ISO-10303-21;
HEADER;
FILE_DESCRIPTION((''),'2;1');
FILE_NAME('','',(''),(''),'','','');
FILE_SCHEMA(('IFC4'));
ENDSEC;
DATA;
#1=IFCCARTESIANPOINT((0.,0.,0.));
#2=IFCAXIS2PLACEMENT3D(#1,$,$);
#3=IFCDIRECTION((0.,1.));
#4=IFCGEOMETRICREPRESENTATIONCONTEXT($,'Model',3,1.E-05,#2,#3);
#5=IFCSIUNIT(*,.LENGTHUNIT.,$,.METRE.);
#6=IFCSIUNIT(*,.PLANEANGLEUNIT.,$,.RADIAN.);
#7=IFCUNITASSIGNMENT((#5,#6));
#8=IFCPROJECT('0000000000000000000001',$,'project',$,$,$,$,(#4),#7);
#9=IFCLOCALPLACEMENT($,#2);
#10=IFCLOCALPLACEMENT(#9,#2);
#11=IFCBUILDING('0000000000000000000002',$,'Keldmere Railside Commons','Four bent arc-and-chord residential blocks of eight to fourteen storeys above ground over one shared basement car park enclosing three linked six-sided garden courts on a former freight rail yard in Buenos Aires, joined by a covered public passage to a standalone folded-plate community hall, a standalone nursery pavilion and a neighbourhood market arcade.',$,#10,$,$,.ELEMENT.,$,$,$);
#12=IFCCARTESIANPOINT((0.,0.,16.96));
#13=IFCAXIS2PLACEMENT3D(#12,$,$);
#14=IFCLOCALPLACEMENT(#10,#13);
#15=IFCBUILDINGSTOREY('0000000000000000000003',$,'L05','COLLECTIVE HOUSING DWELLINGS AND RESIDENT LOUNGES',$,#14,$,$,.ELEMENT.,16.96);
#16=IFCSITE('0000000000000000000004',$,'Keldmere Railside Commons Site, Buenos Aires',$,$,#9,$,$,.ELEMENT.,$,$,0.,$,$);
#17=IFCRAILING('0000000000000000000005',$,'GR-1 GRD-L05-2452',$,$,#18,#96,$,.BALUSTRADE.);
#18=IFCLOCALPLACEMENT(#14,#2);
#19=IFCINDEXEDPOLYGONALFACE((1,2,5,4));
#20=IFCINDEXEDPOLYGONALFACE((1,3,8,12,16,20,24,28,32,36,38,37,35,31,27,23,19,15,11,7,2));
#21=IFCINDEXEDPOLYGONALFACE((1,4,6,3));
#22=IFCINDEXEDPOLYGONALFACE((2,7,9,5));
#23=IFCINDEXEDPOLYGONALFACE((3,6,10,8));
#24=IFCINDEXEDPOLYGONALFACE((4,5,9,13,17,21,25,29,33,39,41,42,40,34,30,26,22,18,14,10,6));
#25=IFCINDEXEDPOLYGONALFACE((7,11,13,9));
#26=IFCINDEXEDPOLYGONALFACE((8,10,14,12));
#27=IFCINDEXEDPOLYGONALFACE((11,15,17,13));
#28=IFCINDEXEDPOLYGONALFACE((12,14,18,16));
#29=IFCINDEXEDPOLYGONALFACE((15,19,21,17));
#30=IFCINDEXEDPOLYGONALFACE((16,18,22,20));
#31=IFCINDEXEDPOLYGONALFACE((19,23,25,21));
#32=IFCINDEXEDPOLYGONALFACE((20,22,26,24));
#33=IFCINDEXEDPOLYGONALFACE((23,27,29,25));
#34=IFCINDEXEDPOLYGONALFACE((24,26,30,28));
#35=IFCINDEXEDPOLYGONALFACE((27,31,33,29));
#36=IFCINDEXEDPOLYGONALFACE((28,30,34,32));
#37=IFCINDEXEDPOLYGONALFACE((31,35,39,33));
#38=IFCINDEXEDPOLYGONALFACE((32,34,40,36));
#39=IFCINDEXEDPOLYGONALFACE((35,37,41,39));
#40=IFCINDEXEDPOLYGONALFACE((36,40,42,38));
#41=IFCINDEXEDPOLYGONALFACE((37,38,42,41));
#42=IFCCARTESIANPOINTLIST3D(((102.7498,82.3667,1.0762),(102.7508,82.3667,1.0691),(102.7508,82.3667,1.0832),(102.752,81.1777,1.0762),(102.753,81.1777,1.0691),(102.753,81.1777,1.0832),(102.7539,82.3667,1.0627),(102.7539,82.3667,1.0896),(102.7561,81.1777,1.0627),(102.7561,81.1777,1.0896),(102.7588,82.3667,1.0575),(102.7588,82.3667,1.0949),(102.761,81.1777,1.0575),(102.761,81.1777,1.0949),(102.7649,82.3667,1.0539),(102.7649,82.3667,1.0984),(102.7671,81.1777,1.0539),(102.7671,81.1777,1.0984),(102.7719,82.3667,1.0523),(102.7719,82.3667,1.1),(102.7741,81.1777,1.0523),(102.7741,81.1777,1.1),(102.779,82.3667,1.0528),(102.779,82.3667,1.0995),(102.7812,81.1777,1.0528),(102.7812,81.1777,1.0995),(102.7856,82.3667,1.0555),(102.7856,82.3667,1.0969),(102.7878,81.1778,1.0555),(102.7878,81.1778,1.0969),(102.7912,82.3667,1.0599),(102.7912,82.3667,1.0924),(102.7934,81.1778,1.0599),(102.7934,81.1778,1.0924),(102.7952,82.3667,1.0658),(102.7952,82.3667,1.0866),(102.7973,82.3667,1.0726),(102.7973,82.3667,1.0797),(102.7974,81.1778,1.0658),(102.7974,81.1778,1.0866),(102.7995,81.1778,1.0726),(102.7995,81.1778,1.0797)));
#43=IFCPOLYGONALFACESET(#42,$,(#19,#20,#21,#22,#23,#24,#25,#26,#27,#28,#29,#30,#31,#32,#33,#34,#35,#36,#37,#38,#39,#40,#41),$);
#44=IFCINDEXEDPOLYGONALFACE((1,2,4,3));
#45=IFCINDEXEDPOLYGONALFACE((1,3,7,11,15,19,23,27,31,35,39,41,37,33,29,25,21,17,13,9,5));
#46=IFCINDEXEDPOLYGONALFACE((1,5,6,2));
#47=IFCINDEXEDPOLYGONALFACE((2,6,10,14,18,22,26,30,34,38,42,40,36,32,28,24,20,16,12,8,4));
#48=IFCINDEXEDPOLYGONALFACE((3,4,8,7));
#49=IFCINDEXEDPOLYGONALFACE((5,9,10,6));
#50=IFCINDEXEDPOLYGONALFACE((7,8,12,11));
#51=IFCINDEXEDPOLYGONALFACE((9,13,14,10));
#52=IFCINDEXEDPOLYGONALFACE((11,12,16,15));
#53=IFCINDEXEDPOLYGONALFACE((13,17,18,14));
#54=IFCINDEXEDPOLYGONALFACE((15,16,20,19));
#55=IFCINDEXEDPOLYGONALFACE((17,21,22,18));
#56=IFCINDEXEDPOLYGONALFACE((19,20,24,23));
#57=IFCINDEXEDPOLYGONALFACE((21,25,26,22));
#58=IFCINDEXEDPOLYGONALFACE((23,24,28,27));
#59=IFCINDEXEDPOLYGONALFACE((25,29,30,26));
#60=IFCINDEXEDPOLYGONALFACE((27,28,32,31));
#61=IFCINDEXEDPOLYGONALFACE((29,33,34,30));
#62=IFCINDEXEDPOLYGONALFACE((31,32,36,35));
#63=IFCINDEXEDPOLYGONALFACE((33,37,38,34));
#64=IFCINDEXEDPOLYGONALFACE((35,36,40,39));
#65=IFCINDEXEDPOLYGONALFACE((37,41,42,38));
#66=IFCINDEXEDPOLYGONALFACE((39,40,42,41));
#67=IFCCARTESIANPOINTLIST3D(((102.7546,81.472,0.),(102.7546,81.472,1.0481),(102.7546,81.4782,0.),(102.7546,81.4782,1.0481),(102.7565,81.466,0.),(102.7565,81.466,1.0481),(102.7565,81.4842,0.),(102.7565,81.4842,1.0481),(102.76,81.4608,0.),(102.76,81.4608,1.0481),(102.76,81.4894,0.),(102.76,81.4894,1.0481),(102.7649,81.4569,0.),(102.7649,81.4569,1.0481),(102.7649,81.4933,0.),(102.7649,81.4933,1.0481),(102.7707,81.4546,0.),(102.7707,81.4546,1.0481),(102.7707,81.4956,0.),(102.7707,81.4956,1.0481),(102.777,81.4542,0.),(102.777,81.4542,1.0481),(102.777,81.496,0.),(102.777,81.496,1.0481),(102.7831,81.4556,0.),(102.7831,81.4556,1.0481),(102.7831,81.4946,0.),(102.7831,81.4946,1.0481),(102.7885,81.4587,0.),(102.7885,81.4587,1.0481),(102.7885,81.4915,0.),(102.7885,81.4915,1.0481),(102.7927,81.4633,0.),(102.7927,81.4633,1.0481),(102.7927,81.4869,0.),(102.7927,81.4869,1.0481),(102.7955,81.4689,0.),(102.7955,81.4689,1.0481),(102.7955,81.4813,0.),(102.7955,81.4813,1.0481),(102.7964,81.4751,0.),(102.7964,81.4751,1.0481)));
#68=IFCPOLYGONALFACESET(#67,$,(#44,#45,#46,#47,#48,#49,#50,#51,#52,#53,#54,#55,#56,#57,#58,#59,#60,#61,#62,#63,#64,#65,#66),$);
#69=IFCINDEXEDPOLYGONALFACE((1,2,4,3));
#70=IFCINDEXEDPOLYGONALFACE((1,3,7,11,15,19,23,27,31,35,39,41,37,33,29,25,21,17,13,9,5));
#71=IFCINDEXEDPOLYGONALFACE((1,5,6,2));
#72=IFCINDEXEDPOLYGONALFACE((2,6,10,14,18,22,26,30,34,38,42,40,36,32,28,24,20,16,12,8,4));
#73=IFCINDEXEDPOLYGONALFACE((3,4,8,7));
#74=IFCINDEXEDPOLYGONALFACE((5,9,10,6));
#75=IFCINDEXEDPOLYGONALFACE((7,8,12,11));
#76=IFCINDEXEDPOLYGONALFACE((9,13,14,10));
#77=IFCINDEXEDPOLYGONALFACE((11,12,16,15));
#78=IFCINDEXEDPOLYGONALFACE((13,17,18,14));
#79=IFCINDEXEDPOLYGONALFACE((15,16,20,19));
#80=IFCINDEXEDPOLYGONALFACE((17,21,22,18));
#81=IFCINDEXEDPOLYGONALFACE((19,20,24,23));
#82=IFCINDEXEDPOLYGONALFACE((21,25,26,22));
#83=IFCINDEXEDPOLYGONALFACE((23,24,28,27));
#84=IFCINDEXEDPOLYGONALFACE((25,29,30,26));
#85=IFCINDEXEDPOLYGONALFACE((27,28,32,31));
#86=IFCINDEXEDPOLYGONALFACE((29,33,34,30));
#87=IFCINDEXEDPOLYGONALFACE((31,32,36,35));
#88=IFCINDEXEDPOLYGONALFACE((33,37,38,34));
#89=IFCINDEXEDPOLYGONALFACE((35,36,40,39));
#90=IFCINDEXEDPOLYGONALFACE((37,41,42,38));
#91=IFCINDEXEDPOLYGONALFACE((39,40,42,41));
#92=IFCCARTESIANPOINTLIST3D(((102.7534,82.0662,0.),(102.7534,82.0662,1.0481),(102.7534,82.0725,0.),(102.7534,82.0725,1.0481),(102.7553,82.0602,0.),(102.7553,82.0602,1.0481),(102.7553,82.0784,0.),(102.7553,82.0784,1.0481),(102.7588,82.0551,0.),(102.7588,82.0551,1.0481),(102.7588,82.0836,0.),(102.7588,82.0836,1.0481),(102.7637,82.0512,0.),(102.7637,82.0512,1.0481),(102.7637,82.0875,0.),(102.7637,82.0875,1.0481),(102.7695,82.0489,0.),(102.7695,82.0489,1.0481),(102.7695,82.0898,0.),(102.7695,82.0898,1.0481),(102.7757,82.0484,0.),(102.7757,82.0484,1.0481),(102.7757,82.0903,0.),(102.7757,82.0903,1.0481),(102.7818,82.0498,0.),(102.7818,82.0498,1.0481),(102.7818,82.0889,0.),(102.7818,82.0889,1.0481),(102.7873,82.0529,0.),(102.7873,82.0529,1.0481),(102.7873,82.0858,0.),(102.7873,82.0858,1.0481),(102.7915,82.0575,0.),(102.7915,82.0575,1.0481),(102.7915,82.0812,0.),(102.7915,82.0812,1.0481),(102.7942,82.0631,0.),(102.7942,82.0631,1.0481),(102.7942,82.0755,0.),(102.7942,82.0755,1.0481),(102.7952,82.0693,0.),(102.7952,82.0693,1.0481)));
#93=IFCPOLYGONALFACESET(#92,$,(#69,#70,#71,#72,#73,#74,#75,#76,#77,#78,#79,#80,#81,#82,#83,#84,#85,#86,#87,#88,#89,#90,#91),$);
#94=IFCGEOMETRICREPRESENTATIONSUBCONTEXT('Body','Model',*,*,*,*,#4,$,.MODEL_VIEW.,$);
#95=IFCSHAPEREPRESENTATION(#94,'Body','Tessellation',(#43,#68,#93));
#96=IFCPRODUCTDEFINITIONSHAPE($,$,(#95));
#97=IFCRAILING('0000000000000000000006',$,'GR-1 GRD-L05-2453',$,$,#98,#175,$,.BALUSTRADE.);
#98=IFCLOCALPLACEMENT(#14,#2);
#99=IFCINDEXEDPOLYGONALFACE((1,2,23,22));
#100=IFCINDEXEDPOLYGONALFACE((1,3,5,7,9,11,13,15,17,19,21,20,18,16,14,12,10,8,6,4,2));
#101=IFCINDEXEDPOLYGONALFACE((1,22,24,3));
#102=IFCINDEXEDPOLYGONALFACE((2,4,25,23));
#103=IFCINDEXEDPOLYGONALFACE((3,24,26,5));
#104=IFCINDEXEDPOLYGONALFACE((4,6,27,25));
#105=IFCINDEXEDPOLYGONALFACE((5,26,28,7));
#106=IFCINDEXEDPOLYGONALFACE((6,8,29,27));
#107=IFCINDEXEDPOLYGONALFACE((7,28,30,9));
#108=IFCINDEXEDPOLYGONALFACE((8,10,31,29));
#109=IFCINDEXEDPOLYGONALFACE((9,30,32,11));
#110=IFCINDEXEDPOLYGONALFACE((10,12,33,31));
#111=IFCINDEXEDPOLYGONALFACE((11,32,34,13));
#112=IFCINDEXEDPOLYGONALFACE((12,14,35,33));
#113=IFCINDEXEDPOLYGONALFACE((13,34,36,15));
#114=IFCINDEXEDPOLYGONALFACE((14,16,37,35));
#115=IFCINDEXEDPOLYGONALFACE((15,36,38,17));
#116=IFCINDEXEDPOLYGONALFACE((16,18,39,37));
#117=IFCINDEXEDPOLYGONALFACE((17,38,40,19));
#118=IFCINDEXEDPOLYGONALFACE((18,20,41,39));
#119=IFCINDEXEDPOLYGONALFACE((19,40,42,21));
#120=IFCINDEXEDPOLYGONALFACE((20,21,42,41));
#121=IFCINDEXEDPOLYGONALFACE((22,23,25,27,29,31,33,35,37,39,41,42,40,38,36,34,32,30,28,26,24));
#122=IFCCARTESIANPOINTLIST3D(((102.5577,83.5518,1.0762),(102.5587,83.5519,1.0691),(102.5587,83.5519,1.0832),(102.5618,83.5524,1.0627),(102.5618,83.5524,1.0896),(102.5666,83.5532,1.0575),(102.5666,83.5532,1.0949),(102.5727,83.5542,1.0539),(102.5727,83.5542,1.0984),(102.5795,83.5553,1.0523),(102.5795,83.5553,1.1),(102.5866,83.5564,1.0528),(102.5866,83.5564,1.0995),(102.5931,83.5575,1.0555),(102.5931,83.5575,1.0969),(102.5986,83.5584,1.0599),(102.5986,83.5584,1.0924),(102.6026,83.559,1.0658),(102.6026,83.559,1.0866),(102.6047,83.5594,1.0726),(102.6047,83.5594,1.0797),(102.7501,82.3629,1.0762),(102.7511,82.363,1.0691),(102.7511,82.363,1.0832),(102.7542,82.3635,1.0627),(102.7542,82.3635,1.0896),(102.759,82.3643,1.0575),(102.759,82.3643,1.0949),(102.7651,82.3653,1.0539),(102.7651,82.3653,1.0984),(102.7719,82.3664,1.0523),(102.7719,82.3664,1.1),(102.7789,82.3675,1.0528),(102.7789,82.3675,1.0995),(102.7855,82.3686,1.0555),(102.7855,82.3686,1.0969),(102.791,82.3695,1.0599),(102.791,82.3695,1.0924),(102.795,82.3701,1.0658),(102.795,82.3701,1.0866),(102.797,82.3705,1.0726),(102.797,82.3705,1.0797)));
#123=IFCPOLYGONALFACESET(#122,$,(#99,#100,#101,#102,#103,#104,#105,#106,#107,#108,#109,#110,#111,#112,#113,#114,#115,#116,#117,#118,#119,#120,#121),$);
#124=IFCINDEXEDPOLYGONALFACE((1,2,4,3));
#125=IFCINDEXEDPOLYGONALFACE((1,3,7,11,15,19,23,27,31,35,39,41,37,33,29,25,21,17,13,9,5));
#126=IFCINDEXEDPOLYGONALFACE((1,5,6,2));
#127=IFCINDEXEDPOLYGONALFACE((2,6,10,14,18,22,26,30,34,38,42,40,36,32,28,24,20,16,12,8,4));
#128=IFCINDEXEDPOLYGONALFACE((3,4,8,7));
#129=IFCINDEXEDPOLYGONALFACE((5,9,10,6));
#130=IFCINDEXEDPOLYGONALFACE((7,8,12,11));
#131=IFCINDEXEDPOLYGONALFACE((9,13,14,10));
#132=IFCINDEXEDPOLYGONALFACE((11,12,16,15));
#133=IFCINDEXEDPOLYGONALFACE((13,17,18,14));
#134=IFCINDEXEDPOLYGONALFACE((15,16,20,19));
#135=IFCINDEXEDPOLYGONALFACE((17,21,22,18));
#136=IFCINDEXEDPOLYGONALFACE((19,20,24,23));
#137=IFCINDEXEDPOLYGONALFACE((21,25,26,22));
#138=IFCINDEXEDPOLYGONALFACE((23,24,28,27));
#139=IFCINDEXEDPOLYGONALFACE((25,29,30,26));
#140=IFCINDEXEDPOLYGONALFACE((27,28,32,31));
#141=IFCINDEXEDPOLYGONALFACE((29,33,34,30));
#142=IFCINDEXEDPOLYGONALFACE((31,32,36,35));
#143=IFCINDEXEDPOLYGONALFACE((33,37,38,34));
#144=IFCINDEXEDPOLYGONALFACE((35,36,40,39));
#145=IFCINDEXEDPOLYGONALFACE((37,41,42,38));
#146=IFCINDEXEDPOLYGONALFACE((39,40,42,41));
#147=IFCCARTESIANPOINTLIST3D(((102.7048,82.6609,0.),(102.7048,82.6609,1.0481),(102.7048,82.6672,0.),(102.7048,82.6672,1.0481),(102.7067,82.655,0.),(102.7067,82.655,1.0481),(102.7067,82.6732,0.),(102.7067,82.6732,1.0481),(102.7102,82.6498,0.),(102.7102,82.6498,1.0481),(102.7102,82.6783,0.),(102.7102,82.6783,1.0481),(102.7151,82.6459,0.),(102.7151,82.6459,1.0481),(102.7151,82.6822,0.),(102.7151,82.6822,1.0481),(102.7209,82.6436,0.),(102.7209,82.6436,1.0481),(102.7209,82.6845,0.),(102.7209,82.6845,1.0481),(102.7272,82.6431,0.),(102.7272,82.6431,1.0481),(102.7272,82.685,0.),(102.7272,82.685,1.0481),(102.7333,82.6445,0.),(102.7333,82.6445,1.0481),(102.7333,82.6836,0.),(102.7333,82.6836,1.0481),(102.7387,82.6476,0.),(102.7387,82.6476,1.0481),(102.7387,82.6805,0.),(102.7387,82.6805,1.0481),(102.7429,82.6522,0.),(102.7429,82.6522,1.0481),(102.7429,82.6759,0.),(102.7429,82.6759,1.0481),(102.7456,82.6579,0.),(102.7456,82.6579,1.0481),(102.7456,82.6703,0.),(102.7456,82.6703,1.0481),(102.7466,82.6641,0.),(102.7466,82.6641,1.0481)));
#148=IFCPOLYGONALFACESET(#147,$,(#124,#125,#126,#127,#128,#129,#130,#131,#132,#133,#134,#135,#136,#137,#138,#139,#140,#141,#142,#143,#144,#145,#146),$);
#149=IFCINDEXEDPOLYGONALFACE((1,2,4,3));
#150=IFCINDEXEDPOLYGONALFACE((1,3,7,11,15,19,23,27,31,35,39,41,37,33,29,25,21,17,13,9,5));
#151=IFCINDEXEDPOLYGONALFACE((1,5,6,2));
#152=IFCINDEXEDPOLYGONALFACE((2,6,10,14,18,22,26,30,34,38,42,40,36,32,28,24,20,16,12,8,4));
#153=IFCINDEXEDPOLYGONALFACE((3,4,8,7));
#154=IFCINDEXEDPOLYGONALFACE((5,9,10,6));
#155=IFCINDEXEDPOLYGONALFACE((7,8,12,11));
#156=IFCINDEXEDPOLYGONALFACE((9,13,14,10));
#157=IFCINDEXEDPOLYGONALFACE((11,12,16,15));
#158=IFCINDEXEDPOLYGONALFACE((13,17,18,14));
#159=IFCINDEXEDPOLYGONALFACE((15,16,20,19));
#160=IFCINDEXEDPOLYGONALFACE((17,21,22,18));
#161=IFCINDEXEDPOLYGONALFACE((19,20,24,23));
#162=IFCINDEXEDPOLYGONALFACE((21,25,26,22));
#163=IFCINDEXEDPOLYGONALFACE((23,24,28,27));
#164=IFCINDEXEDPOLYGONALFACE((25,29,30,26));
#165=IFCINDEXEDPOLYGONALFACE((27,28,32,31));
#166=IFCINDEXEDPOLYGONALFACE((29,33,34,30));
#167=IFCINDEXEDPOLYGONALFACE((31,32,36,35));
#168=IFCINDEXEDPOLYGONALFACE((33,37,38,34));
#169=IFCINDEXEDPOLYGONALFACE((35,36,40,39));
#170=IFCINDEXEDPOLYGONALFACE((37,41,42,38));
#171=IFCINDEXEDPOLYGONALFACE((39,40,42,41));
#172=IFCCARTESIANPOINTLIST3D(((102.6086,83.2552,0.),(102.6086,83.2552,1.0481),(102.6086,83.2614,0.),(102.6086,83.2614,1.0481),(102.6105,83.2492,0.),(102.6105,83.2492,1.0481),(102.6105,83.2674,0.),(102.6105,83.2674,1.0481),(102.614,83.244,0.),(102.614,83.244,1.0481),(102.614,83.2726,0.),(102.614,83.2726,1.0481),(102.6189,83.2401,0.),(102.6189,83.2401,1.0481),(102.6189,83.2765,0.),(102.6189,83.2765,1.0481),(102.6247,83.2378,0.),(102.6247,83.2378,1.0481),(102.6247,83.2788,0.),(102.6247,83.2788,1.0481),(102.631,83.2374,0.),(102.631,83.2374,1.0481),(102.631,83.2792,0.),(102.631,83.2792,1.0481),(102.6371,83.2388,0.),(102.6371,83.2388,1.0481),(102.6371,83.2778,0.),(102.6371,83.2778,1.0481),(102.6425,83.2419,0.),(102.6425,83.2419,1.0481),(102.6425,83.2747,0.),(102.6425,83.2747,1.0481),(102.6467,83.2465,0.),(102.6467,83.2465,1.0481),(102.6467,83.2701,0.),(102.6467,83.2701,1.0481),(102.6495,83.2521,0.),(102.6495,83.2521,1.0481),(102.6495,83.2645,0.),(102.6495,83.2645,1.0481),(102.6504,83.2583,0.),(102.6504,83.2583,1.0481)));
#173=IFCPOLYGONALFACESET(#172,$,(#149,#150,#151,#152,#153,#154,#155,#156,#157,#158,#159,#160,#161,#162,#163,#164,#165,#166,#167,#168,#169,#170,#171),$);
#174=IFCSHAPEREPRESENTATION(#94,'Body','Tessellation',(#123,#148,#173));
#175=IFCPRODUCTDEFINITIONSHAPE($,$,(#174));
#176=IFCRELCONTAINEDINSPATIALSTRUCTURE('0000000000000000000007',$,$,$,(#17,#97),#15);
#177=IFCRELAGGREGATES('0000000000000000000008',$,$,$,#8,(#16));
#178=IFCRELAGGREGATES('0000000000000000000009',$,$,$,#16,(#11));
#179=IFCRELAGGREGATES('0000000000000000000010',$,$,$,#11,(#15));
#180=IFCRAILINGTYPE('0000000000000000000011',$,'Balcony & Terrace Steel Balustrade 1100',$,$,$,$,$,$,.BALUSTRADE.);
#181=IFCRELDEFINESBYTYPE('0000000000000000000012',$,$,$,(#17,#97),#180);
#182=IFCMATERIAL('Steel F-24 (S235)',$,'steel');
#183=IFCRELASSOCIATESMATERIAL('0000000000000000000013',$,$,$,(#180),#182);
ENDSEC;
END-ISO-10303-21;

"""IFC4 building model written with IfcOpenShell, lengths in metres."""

from ifc_helpers import new_model, si_unit, direction, frame, origin, origin_2d, place, context, subcontext, project, spatial, circle, extrude, material, type_object, element, save


model = new_model("IFC4")

# Units and contexts
model_context = context("Model", 3, precision=1e-05, world=origin(), true_north=direction((0.0, 1.0)))
body_context = subcontext(model_context, "Body", "Model", "MODEL_VIEW")
ifc_project = project(units=[si_unit("LENGTHUNIT", "METRE"), si_unit("PLANEANGLEUNIT", "RADIAN")], contexts=[model_context])

# Site, building, storey
site_placement = place(None, origin())
site = spatial("IfcSite", under=ifc_project, at=site_placement, Name="Keldmere Railside Commons Site, Buenos Aires", CompositionType="ELEMENT", RefElevation=0.0)
building_placement = place(site_placement, origin())
building = spatial("IfcBuilding", under=site, at=building_placement, Name="Keldmere Railside Commons", Description="Four bent arc-and-chord residential blocks of eight to fourteen storeys above ground over one shared basement car park enclosing three linked six-sided garden courts on a former freight rail yard in Buenos Aires, joined by a covered public passage to a standalone folded-plate community hall, a standalone nursery pavilion and a neighbourhood market arcade.", CompositionType="ELEMENT")
storey_placement = place(building_placement, frame((0.0, 0.0, 16.96)))
storey = spatial("IfcBuildingStorey", under=building, at=storey_placement, Name="L05", Description="COLLECTIVE HOUSING DWELLINGS AND RESIDENT LOUNGES", CompositionType="ELEMENT", Elevation=16.96)

# Shared definitions
ifc_material_1 = material(Name="Steel F-24 (S235)", Category="steel")

# Railings
railing_type = type_object("IfcRailingType", Name="Balcony & Terrace Steel Balustrade 1100", PredefinedType="BALUSTRADE", material=ifc_material_1)
railing_1_placement = place(storey_placement, frame((102.7759, 81.1777, 0.0)))
element("IfcRailing", 1, at=railing_1_placement, inside=storey, type_object=railing_type, Name="GR-1 GRD-L05-2452", PredefinedType="BALUSTRADE", context=body_context, shape_type="SweptSolid", body=[
    extrude(circle(Radius=0.0239, at=origin_2d()), frame((0.0, 0.0, 1.0762), z_axis=(-0.001848, 0.999998, 0.0), x_axis=(-0.999998, -0.001848, 0.0)), (0.0, 0.0, 1.0), 1.189),
    extrude(circle(Radius=0.021, at=origin_2d()), frame((-0.0005, 0.2974, 0.0)), (0.0, 0.0, 1.0), 1.0481),
    extrude(circle(Radius=0.021, at=origin_2d()), frame((-0.0017, 0.8916, 0.0)), (0.0, 0.0, 1.0), 1.0481),
])
railing_2_placement = place(storey_placement, frame((102.7737, 82.3667, 0.0)))
element("IfcRailing", 2, at=railing_2_placement, inside=storey, type_object=railing_type, Name="GR-1 GRD-L05-2453", PredefinedType="BALUSTRADE", context=body_context, shape_type="SweptSolid", body=[
    extrude(circle(Radius=0.0239, at=origin_2d()), frame((0.0, 0.0, 1.0762), z_axis=(-0.15973, 0.987161, 0.0), x_axis=(-0.987161, -0.15973, 0.0)), (0.0, 0.0, 1.0), 1.2043),
    extrude(circle(Radius=0.021, at=origin_2d()), frame((-0.0481, 0.2974, 0.0)), (0.0, 0.0, 1.0), 1.0481),
    extrude(circle(Radius=0.021, at=origin_2d()), frame((-0.1443, 0.8916, 0.0)), (0.0, 0.0, 1.0), 1.0481),
])

save(model, "model.ifc")
